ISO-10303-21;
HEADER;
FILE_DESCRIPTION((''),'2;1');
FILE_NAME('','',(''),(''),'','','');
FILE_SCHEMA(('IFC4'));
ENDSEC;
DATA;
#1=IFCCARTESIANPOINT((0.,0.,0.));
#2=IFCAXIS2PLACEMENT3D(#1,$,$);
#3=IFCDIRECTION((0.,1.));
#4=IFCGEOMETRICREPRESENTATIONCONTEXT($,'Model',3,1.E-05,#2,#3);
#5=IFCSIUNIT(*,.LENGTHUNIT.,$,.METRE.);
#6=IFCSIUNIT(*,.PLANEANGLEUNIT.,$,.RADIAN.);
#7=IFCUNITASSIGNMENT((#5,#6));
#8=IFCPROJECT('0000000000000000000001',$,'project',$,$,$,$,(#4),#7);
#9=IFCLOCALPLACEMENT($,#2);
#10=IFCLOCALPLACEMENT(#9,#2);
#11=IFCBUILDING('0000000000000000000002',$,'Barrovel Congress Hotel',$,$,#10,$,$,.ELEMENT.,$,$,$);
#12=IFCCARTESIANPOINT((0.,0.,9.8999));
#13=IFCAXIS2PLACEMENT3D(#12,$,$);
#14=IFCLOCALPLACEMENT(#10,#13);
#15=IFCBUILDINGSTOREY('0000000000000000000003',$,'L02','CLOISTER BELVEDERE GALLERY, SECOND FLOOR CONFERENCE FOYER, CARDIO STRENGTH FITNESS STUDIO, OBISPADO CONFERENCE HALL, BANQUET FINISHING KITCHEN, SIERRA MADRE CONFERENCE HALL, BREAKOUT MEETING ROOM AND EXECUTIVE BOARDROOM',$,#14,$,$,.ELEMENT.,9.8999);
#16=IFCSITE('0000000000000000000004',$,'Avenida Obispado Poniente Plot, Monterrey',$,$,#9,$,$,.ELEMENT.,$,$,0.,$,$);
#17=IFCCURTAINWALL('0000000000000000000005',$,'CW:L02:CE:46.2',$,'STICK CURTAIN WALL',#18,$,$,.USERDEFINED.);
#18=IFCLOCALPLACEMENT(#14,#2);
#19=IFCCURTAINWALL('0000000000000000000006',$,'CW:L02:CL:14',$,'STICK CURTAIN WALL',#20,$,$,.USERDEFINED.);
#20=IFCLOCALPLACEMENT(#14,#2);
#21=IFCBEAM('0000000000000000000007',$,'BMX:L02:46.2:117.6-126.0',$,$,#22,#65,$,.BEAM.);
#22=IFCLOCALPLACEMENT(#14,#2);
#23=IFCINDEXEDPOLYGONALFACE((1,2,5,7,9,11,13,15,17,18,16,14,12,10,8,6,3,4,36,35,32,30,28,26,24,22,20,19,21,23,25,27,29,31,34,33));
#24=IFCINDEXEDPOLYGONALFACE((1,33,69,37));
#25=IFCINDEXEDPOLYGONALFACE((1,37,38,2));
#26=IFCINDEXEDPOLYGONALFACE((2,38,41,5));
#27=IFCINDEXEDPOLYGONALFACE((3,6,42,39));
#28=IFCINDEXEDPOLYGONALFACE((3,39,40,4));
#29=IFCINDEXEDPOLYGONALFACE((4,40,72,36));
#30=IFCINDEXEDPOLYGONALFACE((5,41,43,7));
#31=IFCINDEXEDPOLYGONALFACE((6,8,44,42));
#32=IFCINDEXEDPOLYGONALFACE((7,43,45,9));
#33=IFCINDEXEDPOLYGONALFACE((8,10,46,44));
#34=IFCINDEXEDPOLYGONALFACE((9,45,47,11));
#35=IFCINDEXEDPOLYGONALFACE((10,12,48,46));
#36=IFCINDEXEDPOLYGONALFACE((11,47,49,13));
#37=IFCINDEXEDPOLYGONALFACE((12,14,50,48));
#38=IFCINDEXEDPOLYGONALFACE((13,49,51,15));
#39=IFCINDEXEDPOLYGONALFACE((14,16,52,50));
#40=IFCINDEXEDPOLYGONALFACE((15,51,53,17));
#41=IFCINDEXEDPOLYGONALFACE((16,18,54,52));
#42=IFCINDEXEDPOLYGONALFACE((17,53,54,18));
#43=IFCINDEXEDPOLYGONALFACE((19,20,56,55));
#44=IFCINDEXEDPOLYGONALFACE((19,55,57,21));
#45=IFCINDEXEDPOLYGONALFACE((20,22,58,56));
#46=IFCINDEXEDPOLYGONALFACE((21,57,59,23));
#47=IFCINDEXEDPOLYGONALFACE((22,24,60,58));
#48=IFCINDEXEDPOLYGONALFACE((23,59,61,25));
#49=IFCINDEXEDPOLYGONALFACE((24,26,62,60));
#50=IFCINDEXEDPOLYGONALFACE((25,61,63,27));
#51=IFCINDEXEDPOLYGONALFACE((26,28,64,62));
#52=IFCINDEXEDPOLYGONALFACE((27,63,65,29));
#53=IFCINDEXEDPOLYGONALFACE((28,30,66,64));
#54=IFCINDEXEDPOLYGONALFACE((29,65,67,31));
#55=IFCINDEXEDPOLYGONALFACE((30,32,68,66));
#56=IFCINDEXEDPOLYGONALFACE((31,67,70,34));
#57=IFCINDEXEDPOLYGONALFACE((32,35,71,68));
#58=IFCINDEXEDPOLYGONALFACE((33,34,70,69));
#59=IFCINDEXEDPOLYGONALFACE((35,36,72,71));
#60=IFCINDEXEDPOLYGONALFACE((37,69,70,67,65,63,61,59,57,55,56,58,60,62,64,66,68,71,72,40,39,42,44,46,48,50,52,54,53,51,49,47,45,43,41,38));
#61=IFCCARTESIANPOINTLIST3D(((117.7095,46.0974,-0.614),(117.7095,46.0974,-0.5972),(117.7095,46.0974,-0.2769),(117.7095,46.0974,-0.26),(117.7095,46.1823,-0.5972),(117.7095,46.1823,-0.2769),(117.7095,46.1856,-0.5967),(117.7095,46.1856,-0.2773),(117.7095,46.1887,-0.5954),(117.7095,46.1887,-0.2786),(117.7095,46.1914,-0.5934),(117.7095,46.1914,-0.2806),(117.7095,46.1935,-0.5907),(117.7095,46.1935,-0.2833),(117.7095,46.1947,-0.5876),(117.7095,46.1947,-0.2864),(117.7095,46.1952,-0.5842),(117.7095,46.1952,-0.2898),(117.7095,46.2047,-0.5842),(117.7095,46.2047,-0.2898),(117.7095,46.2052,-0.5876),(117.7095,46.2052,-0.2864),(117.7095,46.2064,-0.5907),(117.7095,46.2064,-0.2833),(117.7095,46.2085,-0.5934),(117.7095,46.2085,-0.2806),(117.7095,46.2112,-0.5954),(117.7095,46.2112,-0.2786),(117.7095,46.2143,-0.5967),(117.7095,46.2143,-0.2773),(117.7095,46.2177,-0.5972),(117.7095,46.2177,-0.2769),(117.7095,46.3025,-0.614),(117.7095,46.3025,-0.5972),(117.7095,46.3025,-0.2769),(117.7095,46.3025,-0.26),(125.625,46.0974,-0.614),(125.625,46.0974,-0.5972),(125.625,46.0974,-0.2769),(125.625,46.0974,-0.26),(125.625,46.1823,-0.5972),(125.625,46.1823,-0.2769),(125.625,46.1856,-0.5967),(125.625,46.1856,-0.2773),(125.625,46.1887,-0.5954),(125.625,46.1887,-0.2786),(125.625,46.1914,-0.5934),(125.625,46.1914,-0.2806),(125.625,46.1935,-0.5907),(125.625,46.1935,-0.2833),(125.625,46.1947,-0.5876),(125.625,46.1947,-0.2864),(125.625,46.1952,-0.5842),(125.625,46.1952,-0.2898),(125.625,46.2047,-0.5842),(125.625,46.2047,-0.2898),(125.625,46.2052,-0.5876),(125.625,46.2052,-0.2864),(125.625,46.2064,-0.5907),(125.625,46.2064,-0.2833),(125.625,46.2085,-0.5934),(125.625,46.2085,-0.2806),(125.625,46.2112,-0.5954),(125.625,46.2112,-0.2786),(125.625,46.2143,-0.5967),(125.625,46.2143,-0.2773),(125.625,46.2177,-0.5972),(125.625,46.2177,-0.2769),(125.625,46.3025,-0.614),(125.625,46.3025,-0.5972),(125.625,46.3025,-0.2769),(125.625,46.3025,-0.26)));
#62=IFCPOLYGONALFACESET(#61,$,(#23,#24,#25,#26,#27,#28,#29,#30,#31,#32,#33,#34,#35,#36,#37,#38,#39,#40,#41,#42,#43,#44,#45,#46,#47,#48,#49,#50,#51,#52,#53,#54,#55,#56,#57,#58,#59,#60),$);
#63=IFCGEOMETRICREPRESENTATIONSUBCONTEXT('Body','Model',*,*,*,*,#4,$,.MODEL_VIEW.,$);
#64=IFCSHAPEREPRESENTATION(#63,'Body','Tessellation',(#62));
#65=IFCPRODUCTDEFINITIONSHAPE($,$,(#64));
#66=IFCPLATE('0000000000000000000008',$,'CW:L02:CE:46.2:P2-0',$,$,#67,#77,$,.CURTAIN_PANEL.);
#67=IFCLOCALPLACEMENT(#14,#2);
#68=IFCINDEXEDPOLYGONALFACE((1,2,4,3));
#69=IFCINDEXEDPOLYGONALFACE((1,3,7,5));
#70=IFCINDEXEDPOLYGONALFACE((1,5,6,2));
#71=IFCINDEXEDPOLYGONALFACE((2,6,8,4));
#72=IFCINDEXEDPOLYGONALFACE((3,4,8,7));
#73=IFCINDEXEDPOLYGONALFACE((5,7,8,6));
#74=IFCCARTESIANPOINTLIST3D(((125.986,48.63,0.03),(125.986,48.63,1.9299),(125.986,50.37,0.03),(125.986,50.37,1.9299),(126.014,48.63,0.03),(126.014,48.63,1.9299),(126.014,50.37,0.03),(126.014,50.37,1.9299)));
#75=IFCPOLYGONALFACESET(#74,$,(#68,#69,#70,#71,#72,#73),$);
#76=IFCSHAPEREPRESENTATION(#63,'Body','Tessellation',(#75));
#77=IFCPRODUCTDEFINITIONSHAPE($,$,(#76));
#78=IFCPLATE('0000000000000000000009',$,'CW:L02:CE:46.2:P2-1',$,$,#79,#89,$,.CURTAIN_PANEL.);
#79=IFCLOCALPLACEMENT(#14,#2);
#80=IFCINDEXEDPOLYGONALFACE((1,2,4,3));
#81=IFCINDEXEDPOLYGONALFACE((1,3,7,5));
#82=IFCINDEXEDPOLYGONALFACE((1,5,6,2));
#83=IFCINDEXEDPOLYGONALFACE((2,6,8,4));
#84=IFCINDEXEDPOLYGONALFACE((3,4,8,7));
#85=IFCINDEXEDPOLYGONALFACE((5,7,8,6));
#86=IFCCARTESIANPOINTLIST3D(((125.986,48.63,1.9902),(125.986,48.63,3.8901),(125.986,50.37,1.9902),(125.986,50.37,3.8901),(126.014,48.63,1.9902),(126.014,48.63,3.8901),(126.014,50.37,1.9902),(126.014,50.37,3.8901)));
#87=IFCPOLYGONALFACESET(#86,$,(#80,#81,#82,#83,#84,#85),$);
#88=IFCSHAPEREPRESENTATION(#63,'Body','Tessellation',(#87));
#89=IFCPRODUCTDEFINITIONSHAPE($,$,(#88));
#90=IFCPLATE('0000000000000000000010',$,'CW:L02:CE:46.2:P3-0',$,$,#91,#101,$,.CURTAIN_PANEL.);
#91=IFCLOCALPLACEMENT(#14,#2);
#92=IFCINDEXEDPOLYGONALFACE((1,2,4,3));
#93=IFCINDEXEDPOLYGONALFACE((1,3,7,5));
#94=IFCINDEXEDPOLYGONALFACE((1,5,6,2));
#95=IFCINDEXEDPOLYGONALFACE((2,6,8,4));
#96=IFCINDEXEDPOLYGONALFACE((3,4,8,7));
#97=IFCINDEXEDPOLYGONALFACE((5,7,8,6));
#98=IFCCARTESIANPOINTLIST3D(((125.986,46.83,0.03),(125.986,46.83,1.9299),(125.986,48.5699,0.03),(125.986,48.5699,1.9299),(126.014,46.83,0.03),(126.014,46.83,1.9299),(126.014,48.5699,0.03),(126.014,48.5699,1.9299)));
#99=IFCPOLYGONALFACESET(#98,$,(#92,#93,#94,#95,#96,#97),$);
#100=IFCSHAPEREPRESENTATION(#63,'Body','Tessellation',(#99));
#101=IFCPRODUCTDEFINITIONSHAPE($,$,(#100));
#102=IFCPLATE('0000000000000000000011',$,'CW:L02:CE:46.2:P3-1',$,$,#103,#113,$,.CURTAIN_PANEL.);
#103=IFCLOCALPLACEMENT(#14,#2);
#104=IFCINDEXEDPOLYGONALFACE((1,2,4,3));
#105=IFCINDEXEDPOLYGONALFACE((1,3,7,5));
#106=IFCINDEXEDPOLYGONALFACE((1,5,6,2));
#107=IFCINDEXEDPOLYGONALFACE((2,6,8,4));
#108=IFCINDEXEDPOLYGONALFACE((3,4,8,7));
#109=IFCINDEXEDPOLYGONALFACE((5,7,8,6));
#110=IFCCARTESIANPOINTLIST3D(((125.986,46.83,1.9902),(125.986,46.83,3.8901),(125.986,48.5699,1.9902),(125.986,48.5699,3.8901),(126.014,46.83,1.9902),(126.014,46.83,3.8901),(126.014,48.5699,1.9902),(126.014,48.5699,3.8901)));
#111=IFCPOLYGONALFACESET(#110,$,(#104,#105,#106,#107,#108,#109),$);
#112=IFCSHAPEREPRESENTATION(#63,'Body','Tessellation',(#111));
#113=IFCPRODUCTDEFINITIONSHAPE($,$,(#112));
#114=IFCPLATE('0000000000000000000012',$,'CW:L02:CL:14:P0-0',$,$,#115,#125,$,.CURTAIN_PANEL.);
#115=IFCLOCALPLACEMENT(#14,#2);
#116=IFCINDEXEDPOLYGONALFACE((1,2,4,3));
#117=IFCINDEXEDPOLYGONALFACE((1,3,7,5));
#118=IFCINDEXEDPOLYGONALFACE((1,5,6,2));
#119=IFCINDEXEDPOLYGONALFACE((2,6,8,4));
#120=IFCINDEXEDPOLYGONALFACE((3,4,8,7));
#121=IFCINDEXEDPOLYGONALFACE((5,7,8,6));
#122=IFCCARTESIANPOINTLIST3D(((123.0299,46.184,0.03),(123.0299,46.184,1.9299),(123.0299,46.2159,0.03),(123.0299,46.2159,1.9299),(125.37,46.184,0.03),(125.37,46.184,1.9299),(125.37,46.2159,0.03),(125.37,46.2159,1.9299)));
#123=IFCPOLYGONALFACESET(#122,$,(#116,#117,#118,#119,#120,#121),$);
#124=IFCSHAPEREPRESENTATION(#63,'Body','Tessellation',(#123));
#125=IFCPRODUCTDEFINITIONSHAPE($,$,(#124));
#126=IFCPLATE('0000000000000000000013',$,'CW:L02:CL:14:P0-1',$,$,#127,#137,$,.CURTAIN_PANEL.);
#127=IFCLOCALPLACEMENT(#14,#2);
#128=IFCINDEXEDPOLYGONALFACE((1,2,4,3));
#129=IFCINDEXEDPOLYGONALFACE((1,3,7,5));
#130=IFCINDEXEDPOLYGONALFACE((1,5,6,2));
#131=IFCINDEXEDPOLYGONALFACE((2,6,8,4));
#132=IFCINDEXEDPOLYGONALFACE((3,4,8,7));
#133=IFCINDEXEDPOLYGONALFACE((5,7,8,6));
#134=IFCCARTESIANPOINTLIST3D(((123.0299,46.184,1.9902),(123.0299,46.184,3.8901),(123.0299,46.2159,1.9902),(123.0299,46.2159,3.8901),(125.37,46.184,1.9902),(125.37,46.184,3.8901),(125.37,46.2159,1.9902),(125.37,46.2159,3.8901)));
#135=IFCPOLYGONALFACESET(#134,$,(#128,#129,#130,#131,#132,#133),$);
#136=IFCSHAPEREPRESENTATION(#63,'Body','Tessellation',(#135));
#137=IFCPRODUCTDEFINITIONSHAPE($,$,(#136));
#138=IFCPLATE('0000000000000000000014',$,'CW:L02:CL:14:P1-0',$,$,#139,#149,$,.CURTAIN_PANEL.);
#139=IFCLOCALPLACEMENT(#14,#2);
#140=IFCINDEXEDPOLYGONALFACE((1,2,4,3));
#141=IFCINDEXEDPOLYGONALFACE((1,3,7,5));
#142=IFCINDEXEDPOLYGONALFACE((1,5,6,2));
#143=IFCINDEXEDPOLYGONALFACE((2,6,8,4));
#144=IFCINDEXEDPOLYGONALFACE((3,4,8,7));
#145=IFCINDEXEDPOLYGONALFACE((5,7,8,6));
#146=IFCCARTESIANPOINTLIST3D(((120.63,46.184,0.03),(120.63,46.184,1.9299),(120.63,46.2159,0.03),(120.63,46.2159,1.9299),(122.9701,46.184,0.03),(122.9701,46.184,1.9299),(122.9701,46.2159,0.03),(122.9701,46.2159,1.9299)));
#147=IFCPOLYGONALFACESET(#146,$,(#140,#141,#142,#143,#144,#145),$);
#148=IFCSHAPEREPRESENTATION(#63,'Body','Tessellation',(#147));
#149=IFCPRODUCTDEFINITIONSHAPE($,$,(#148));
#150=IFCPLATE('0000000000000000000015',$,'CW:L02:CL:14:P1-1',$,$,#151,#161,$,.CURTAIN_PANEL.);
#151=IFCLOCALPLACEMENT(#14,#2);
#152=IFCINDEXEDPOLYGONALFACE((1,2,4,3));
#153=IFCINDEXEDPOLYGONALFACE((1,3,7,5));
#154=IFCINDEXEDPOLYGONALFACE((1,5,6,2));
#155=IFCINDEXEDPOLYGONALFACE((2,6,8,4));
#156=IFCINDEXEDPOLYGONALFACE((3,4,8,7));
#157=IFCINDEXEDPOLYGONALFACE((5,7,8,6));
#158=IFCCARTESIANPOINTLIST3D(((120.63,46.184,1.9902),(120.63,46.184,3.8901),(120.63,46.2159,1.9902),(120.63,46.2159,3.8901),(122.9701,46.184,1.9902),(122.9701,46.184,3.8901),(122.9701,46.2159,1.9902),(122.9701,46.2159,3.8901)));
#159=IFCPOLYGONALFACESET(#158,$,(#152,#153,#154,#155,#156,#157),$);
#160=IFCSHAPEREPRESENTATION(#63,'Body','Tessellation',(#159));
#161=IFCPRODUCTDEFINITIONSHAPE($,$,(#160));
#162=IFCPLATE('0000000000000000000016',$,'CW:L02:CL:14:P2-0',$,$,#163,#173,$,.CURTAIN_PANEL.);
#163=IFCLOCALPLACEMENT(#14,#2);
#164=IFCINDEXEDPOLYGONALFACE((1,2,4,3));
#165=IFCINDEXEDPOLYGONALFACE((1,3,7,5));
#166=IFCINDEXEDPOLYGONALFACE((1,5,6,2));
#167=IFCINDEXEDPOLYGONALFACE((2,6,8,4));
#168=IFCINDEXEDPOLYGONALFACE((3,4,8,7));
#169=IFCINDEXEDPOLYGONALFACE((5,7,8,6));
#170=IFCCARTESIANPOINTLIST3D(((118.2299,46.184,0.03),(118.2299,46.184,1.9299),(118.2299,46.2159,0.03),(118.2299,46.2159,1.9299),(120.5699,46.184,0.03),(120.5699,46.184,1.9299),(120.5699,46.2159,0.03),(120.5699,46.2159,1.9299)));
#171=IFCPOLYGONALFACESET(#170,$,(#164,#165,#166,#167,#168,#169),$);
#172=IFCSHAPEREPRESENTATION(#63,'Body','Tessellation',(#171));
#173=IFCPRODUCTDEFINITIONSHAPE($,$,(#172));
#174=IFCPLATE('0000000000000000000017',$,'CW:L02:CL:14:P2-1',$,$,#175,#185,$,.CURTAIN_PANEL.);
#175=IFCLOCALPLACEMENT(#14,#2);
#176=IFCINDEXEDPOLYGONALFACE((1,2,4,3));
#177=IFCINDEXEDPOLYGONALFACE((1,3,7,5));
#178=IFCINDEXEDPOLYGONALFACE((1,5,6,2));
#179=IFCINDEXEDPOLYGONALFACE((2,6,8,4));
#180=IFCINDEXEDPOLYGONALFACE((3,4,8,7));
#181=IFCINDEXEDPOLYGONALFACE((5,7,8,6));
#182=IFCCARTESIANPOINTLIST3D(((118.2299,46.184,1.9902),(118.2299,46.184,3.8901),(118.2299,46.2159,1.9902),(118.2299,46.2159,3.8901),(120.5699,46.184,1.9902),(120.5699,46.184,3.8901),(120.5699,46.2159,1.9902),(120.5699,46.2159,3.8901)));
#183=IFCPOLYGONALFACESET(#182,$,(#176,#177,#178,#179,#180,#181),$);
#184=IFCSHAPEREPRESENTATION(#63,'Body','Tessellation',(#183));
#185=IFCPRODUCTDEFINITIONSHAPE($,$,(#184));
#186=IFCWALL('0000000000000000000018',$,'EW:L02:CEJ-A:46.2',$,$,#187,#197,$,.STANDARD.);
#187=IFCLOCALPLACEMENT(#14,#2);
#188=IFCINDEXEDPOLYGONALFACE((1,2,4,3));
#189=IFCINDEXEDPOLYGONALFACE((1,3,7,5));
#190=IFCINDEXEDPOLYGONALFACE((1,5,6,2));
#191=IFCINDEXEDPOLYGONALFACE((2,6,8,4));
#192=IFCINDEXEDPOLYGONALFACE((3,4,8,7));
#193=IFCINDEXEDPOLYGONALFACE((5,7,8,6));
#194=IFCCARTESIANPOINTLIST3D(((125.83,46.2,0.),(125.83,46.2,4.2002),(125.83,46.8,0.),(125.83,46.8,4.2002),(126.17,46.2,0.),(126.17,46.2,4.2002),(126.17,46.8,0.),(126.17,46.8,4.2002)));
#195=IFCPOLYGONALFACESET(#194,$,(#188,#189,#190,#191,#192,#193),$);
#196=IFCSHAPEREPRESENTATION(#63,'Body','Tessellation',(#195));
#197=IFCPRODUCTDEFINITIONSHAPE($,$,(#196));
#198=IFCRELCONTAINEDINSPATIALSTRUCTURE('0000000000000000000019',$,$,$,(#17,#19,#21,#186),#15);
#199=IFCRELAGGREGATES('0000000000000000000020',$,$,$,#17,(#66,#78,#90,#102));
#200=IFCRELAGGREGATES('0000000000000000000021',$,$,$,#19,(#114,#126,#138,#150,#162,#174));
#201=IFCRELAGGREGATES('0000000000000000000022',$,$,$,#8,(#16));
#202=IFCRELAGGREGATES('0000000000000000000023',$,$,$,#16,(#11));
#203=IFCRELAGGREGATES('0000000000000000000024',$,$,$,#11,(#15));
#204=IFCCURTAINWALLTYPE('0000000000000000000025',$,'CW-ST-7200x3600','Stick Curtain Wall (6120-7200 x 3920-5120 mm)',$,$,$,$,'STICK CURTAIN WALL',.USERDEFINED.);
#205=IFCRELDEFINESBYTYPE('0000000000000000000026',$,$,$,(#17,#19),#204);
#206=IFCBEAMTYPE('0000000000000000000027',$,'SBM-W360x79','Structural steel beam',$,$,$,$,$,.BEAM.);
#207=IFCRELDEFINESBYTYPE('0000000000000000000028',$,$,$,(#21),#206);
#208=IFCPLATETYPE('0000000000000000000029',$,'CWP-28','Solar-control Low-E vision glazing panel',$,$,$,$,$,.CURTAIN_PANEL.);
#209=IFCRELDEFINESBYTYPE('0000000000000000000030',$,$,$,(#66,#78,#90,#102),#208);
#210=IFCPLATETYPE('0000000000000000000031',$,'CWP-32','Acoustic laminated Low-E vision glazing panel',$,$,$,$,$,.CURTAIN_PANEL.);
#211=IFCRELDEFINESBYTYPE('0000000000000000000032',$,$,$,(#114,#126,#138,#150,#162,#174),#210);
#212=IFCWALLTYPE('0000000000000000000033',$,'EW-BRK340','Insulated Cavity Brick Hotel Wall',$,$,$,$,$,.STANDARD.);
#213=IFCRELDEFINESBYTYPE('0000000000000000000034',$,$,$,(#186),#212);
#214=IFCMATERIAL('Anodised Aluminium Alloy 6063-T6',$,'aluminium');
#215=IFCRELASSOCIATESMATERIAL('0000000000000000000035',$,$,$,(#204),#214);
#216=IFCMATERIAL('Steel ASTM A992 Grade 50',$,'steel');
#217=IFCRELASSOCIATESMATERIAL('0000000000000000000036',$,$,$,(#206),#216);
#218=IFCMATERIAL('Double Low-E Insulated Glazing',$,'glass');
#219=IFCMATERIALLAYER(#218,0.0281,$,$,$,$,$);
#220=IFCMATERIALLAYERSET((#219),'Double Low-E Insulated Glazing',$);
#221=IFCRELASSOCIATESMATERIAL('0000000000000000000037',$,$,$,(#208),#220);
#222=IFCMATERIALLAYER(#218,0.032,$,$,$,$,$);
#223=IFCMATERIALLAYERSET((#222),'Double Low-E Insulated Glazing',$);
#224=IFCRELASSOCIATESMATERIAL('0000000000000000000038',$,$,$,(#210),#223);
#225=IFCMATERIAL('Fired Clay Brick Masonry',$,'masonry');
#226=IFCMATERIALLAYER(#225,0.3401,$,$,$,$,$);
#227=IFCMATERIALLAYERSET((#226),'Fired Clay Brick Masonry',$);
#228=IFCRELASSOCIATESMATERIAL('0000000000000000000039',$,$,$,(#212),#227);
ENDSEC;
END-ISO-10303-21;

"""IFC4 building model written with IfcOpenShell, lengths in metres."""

from ifc_helpers import new_model, si_unit, direction, frame, frame_2d, origin, origin_2d, place, context, subcontext, project, spatial, rectangle, i_section, extrude, material, layer, layer_set, material_profile, profile_set, type_object, element, aggregate, save


model = new_model("IFC4")

# Units and contexts
model_context = context("Model", 3, precision=1e-05, world=origin(), true_north=direction((0.0, 1.0)))
body_context = subcontext(model_context, "Body", "Model", "MODEL_VIEW")
ifc_project = project(units=[si_unit("LENGTHUNIT", "METRE"), si_unit("PLANEANGLEUNIT", "RADIAN")], contexts=[model_context])

# Site, building, storey
site_placement = place(None, origin())
site = spatial("IfcSite", under=ifc_project, at=site_placement, Name="Avenida Obispado Poniente Plot, Monterrey", CompositionType="ELEMENT", RefElevation=0.0)
building_placement = place(site_placement, origin())
building = spatial("IfcBuilding", under=site, at=building_placement, Name="Barrovel Congress Hotel", CompositionType="ELEMENT")
storey_placement = place(building_placement, frame((0.0, 0.0, 9.8999)))
storey = spatial("IfcBuildingStorey", under=building, at=storey_placement, Name="L02", Description="CLOISTER BELVEDERE GALLERY, SECOND FLOOR CONFERENCE FOYER, CARDIO STRENGTH FITNESS STUDIO, OBISPADO CONFERENCE HALL, BANQUET FINISHING KITCHEN, SIERRA MADRE CONFERENCE HALL, BREAKOUT MEETING ROOM AND EXECUTIVE BOARDROOM", CompositionType="ELEMENT", Elevation=9.8999)

# Curtain walls
ifc_material_1 = material(Name="Anodised Aluminium Alloy 6063-T6", Category="aluminium")
curtain_wall_type = type_object("IfcCurtainWallType", Name="CW-ST-7200x3600", Description="Stick Curtain Wall (6120-7200 x 3920-5120 mm)", ElementType="STICK CURTAIN WALL", PredefinedType="USERDEFINED", material=ifc_material_1)
curtain_wall_1_placement = place(storey_placement, origin())
curtain_wall_1 = element("IfcCurtainWall", 1, at=curtain_wall_1_placement, inside=storey, type_object=curtain_wall_type, Name="CW:L02:CE:46.2", ObjectType="STICK CURTAIN WALL", PredefinedType="USERDEFINED")
curtain_wall_2_placement = place(storey_placement, origin())
curtain_wall_2 = element("IfcCurtainWall", 2, at=curtain_wall_2_placement, inside=storey, type_object=curtain_wall_type, Name="CW:L02:CL:14", ObjectType="STICK CURTAIN WALL", PredefinedType="USERDEFINED")

# Beam
ifc_material_2 = material(Name="Steel ASTM A992 Grade 50", Category="steel")
ifc_material_profile_1 = material_profile(ifc_material_2, i_section(OverallWidth=0.2051, OverallDepth=0.354, WebThickness=0.0095, FlangeThickness=0.0168, FilletRadius=0.0129, at=origin_2d()), Name="W360x79")
ifc_profile_set_1 = profile_set([ifc_material_profile_1], Name="Steel ASTM A992 Grade 50")
beam_type_1 = type_object("IfcBeamType", Name="SBM-W360x79", Description="Structural steel beam", PredefinedType="BEAM", material=ifc_profile_set_1)
beam_1_placement = place(storey_placement, frame((117.7095, 46.2, -0.437), z_axis=(1.0, 0.0, 0.0), x_axis=(0.0, 1.0, 0.0)))
element("IfcBeam", 3, at=beam_1_placement, inside=storey, type_object=beam_type_1, Name="BMX:L02:46.2:117.6-126.0", PredefinedType="BEAM", context=body_context, shape_type="SweptSolid", body=[
    extrude(i_section(OverallWidth=0.2051, OverallDepth=0.354, WebThickness=0.0095, FlangeThickness=0.0168, FilletRadius=0.0129, at=origin_2d()), origin(), (0.0, 0.0, 1.0), 7.9155),
])

# Plates
ifc_material_3 = material(Name="Double Low-E Insulated Glazing", Category="glass")
ifc_layer_1 = layer(ifc_material_3, 0.0281)
ifc_layer_set_1 = layer_set([ifc_layer_1], Name="Double Low-E Insulated Glazing")
plate_type_1 = type_object("IfcPlateType", Name="CWP-28", Description="Solar-control Low-E vision glazing panel", PredefinedType="CURTAIN_PANEL", material=ifc_layer_set_1)
plate_1_placement = place(storey_placement, frame((126.0, 49.5, 0.03), z_axis=(0.0, 0.0, 1.0), x_axis=(0.0, -1.0, 0.0)))
plate_1 = element("IfcPlate", 4, at=plate_1_placement, type_object=plate_type_1, Name="CW:L02:CE:46.2:P2-0", PredefinedType="CURTAIN_PANEL", context=body_context, shape_type="SweptSolid", body=[
    extrude(rectangle(XDim=1.74, YDim=0.0281, at=origin_2d()), origin(), (0.0, 0.0, 1.0), 1.8999),
])
plate_2_placement = place(storey_placement, frame((126.0, 49.5, 1.9902), z_axis=(0.0, 0.0, 1.0), x_axis=(0.0, -1.0, 0.0)))
plate_2 = element("IfcPlate", 5, at=plate_2_placement, type_object=plate_type_1, Name="CW:L02:CE:46.2:P2-1", PredefinedType="CURTAIN_PANEL", context=body_context, shape_type="SweptSolid", body=[
    extrude(rectangle(XDim=1.74, YDim=0.0281, at=origin_2d()), origin(), (0.0, 0.0, 1.0), 1.8999),
])
plate_3_placement = place(storey_placement, frame((126.0, 47.7, 0.03), z_axis=(0.0, 0.0, 1.0), x_axis=(0.0, -1.0, 0.0)))
plate_3 = element("IfcPlate", 6, at=plate_3_placement, type_object=plate_type_1, Name="CW:L02:CE:46.2:P3-0", PredefinedType="CURTAIN_PANEL", context=body_context, shape_type="SweptSolid", body=[
    extrude(rectangle(XDim=1.74, YDim=0.0281, at=origin_2d()), origin(), (0.0, 0.0, 1.0), 1.8999),
])
plate_4_placement = place(storey_placement, frame((126.0, 47.7, 1.9902), z_axis=(0.0, 0.0, 1.0), x_axis=(0.0, -1.0, 0.0)))
plate_4 = element("IfcPlate", 7, at=plate_4_placement, type_object=plate_type_1, Name="CW:L02:CE:46.2:P3-1", PredefinedType="CURTAIN_PANEL", context=body_context, shape_type="SweptSolid", body=[
    extrude(rectangle(XDim=1.74, YDim=0.0281, at=origin_2d()), origin(), (0.0, 0.0, 1.0), 1.8999),
])
aggregate(curtain_wall_1, [plate_1, plate_2, plate_3, plate_4])
ifc_layer_2 = layer(ifc_material_3, 0.032)
ifc_layer_set_2 = layer_set([ifc_layer_2], Name="Double Low-E Insulated Glazing")
plate_type_2 = type_object("IfcPlateType", Name="CWP-32", Description="Acoustic laminated Low-E vision glazing panel", PredefinedType="CURTAIN_PANEL", material=ifc_layer_set_2)
plate_5_placement = place(storey_placement, frame((124.2, 46.2, 0.03), z_axis=(0.0, 0.0, 1.0), x_axis=(-1.0, 0.0, 0.0)))
plate_5 = element("IfcPlate", 8, at=plate_5_placement, type_object=plate_type_2, Name="CW:L02:CL:14:P0-0", PredefinedType="CURTAIN_PANEL", context=body_context, shape_type="SweptSolid", body=[
    extrude(rectangle(XDim=2.3401, YDim=0.032, at=origin_2d()), origin(), (0.0, 0.0, 1.0), 1.8999),
])
plate_6_placement = place(storey_placement, frame((124.2, 46.2, 1.9902), z_axis=(0.0, 0.0, 1.0), x_axis=(-1.0, 0.0, 0.0)))
plate_6 = element("IfcPlate", 9, at=plate_6_placement, type_object=plate_type_2, Name="CW:L02:CL:14:P0-1", PredefinedType="CURTAIN_PANEL", context=body_context, shape_type="SweptSolid", body=[
    extrude(rectangle(XDim=2.3401, YDim=0.032, at=origin_2d()), origin(), (0.0, 0.0, 1.0), 1.8999),
])
plate_7_placement = place(storey_placement, frame((121.8, 46.2, 0.03), z_axis=(0.0, 0.0, 1.0), x_axis=(-1.0, 0.0, 0.0)))
plate_7 = element("IfcPlate", 10, at=plate_7_placement, type_object=plate_type_2, Name="CW:L02:CL:14:P1-0", PredefinedType="CURTAIN_PANEL", context=body_context, shape_type="SweptSolid", body=[
    extrude(rectangle(XDim=2.3401, YDim=0.032, at=origin_2d()), origin(), (0.0, 0.0, 1.0), 1.8999),
])
plate_8_placement = place(storey_placement, frame((121.8, 46.2, 1.9902), z_axis=(0.0, 0.0, 1.0), x_axis=(-1.0, 0.0, 0.0)))
plate_8 = element("IfcPlate", 11, at=plate_8_placement, type_object=plate_type_2, Name="CW:L02:CL:14:P1-1", PredefinedType="CURTAIN_PANEL", context=body_context, shape_type="SweptSolid", body=[
    extrude(rectangle(XDim=2.3401, YDim=0.032, at=origin_2d()), origin(), (0.0, 0.0, 1.0), 1.8999),
])
plate_9_placement = place(storey_placement, frame((119.3999, 46.2, 0.03), z_axis=(0.0, 0.0, 1.0), x_axis=(-1.0, 0.0, 0.0)))
plate_9 = element("IfcPlate", 12, at=plate_9_placement, type_object=plate_type_2, Name="CW:L02:CL:14:P2-0", PredefinedType="CURTAIN_PANEL", context=body_context, shape_type="SweptSolid", body=[
    extrude(rectangle(XDim=2.3401, YDim=0.032, at=origin_2d()), origin(), (0.0, 0.0, 1.0), 1.8999),
])
plate_10_placement = place(storey_placement, frame((119.3999, 46.2, 1.9902), z_axis=(0.0, 0.0, 1.0), x_axis=(-1.0, 0.0, 0.0)))
plate_10 = element("IfcPlate", 13, at=plate_10_placement, type_object=plate_type_2, Name="CW:L02:CL:14:P2-1", PredefinedType="CURTAIN_PANEL", context=body_context, shape_type="SweptSolid", body=[
    extrude(rectangle(XDim=2.3401, YDim=0.032, at=origin_2d()), origin(), (0.0, 0.0, 1.0), 1.8999),
])
aggregate(curtain_wall_2, [plate_5, plate_6, plate_7, plate_8, plate_9, plate_10])

# Wall
ifc_material_4 = material(Name="Fired Clay Brick Masonry", Category="masonry")
ifc_layer_3 = layer(ifc_material_4, 0.3401)
ifc_layer_set_3 = layer_set([ifc_layer_3], Name="Fired Clay Brick Masonry")
wall_type = type_object("IfcWallType", Name="EW-BRK340", Description="Insulated Cavity Brick Hotel Wall", PredefinedType="STANDARD", material=ifc_layer_set_3)
wall_1_placement = place(storey_placement, frame((126.0, 46.8, 0.0), z_axis=(0.0, 0.0, 1.0), x_axis=(0.0, -1.0, 0.0)))
element("IfcWall", 14, at=wall_1_placement, inside=storey, type_object=wall_type, Name="EW:L02:CEJ-A:46.2", PredefinedType="STANDARD", context=body_context, shape_type="SweptSolid", body=[
    extrude(rectangle(XDim=0.6001, YDim=0.3401, at=frame_2d((0.3, 0.0))), origin(), (0.0, 0.0, 1.0), 4.2002),
])

save(model, "model.ifc")
